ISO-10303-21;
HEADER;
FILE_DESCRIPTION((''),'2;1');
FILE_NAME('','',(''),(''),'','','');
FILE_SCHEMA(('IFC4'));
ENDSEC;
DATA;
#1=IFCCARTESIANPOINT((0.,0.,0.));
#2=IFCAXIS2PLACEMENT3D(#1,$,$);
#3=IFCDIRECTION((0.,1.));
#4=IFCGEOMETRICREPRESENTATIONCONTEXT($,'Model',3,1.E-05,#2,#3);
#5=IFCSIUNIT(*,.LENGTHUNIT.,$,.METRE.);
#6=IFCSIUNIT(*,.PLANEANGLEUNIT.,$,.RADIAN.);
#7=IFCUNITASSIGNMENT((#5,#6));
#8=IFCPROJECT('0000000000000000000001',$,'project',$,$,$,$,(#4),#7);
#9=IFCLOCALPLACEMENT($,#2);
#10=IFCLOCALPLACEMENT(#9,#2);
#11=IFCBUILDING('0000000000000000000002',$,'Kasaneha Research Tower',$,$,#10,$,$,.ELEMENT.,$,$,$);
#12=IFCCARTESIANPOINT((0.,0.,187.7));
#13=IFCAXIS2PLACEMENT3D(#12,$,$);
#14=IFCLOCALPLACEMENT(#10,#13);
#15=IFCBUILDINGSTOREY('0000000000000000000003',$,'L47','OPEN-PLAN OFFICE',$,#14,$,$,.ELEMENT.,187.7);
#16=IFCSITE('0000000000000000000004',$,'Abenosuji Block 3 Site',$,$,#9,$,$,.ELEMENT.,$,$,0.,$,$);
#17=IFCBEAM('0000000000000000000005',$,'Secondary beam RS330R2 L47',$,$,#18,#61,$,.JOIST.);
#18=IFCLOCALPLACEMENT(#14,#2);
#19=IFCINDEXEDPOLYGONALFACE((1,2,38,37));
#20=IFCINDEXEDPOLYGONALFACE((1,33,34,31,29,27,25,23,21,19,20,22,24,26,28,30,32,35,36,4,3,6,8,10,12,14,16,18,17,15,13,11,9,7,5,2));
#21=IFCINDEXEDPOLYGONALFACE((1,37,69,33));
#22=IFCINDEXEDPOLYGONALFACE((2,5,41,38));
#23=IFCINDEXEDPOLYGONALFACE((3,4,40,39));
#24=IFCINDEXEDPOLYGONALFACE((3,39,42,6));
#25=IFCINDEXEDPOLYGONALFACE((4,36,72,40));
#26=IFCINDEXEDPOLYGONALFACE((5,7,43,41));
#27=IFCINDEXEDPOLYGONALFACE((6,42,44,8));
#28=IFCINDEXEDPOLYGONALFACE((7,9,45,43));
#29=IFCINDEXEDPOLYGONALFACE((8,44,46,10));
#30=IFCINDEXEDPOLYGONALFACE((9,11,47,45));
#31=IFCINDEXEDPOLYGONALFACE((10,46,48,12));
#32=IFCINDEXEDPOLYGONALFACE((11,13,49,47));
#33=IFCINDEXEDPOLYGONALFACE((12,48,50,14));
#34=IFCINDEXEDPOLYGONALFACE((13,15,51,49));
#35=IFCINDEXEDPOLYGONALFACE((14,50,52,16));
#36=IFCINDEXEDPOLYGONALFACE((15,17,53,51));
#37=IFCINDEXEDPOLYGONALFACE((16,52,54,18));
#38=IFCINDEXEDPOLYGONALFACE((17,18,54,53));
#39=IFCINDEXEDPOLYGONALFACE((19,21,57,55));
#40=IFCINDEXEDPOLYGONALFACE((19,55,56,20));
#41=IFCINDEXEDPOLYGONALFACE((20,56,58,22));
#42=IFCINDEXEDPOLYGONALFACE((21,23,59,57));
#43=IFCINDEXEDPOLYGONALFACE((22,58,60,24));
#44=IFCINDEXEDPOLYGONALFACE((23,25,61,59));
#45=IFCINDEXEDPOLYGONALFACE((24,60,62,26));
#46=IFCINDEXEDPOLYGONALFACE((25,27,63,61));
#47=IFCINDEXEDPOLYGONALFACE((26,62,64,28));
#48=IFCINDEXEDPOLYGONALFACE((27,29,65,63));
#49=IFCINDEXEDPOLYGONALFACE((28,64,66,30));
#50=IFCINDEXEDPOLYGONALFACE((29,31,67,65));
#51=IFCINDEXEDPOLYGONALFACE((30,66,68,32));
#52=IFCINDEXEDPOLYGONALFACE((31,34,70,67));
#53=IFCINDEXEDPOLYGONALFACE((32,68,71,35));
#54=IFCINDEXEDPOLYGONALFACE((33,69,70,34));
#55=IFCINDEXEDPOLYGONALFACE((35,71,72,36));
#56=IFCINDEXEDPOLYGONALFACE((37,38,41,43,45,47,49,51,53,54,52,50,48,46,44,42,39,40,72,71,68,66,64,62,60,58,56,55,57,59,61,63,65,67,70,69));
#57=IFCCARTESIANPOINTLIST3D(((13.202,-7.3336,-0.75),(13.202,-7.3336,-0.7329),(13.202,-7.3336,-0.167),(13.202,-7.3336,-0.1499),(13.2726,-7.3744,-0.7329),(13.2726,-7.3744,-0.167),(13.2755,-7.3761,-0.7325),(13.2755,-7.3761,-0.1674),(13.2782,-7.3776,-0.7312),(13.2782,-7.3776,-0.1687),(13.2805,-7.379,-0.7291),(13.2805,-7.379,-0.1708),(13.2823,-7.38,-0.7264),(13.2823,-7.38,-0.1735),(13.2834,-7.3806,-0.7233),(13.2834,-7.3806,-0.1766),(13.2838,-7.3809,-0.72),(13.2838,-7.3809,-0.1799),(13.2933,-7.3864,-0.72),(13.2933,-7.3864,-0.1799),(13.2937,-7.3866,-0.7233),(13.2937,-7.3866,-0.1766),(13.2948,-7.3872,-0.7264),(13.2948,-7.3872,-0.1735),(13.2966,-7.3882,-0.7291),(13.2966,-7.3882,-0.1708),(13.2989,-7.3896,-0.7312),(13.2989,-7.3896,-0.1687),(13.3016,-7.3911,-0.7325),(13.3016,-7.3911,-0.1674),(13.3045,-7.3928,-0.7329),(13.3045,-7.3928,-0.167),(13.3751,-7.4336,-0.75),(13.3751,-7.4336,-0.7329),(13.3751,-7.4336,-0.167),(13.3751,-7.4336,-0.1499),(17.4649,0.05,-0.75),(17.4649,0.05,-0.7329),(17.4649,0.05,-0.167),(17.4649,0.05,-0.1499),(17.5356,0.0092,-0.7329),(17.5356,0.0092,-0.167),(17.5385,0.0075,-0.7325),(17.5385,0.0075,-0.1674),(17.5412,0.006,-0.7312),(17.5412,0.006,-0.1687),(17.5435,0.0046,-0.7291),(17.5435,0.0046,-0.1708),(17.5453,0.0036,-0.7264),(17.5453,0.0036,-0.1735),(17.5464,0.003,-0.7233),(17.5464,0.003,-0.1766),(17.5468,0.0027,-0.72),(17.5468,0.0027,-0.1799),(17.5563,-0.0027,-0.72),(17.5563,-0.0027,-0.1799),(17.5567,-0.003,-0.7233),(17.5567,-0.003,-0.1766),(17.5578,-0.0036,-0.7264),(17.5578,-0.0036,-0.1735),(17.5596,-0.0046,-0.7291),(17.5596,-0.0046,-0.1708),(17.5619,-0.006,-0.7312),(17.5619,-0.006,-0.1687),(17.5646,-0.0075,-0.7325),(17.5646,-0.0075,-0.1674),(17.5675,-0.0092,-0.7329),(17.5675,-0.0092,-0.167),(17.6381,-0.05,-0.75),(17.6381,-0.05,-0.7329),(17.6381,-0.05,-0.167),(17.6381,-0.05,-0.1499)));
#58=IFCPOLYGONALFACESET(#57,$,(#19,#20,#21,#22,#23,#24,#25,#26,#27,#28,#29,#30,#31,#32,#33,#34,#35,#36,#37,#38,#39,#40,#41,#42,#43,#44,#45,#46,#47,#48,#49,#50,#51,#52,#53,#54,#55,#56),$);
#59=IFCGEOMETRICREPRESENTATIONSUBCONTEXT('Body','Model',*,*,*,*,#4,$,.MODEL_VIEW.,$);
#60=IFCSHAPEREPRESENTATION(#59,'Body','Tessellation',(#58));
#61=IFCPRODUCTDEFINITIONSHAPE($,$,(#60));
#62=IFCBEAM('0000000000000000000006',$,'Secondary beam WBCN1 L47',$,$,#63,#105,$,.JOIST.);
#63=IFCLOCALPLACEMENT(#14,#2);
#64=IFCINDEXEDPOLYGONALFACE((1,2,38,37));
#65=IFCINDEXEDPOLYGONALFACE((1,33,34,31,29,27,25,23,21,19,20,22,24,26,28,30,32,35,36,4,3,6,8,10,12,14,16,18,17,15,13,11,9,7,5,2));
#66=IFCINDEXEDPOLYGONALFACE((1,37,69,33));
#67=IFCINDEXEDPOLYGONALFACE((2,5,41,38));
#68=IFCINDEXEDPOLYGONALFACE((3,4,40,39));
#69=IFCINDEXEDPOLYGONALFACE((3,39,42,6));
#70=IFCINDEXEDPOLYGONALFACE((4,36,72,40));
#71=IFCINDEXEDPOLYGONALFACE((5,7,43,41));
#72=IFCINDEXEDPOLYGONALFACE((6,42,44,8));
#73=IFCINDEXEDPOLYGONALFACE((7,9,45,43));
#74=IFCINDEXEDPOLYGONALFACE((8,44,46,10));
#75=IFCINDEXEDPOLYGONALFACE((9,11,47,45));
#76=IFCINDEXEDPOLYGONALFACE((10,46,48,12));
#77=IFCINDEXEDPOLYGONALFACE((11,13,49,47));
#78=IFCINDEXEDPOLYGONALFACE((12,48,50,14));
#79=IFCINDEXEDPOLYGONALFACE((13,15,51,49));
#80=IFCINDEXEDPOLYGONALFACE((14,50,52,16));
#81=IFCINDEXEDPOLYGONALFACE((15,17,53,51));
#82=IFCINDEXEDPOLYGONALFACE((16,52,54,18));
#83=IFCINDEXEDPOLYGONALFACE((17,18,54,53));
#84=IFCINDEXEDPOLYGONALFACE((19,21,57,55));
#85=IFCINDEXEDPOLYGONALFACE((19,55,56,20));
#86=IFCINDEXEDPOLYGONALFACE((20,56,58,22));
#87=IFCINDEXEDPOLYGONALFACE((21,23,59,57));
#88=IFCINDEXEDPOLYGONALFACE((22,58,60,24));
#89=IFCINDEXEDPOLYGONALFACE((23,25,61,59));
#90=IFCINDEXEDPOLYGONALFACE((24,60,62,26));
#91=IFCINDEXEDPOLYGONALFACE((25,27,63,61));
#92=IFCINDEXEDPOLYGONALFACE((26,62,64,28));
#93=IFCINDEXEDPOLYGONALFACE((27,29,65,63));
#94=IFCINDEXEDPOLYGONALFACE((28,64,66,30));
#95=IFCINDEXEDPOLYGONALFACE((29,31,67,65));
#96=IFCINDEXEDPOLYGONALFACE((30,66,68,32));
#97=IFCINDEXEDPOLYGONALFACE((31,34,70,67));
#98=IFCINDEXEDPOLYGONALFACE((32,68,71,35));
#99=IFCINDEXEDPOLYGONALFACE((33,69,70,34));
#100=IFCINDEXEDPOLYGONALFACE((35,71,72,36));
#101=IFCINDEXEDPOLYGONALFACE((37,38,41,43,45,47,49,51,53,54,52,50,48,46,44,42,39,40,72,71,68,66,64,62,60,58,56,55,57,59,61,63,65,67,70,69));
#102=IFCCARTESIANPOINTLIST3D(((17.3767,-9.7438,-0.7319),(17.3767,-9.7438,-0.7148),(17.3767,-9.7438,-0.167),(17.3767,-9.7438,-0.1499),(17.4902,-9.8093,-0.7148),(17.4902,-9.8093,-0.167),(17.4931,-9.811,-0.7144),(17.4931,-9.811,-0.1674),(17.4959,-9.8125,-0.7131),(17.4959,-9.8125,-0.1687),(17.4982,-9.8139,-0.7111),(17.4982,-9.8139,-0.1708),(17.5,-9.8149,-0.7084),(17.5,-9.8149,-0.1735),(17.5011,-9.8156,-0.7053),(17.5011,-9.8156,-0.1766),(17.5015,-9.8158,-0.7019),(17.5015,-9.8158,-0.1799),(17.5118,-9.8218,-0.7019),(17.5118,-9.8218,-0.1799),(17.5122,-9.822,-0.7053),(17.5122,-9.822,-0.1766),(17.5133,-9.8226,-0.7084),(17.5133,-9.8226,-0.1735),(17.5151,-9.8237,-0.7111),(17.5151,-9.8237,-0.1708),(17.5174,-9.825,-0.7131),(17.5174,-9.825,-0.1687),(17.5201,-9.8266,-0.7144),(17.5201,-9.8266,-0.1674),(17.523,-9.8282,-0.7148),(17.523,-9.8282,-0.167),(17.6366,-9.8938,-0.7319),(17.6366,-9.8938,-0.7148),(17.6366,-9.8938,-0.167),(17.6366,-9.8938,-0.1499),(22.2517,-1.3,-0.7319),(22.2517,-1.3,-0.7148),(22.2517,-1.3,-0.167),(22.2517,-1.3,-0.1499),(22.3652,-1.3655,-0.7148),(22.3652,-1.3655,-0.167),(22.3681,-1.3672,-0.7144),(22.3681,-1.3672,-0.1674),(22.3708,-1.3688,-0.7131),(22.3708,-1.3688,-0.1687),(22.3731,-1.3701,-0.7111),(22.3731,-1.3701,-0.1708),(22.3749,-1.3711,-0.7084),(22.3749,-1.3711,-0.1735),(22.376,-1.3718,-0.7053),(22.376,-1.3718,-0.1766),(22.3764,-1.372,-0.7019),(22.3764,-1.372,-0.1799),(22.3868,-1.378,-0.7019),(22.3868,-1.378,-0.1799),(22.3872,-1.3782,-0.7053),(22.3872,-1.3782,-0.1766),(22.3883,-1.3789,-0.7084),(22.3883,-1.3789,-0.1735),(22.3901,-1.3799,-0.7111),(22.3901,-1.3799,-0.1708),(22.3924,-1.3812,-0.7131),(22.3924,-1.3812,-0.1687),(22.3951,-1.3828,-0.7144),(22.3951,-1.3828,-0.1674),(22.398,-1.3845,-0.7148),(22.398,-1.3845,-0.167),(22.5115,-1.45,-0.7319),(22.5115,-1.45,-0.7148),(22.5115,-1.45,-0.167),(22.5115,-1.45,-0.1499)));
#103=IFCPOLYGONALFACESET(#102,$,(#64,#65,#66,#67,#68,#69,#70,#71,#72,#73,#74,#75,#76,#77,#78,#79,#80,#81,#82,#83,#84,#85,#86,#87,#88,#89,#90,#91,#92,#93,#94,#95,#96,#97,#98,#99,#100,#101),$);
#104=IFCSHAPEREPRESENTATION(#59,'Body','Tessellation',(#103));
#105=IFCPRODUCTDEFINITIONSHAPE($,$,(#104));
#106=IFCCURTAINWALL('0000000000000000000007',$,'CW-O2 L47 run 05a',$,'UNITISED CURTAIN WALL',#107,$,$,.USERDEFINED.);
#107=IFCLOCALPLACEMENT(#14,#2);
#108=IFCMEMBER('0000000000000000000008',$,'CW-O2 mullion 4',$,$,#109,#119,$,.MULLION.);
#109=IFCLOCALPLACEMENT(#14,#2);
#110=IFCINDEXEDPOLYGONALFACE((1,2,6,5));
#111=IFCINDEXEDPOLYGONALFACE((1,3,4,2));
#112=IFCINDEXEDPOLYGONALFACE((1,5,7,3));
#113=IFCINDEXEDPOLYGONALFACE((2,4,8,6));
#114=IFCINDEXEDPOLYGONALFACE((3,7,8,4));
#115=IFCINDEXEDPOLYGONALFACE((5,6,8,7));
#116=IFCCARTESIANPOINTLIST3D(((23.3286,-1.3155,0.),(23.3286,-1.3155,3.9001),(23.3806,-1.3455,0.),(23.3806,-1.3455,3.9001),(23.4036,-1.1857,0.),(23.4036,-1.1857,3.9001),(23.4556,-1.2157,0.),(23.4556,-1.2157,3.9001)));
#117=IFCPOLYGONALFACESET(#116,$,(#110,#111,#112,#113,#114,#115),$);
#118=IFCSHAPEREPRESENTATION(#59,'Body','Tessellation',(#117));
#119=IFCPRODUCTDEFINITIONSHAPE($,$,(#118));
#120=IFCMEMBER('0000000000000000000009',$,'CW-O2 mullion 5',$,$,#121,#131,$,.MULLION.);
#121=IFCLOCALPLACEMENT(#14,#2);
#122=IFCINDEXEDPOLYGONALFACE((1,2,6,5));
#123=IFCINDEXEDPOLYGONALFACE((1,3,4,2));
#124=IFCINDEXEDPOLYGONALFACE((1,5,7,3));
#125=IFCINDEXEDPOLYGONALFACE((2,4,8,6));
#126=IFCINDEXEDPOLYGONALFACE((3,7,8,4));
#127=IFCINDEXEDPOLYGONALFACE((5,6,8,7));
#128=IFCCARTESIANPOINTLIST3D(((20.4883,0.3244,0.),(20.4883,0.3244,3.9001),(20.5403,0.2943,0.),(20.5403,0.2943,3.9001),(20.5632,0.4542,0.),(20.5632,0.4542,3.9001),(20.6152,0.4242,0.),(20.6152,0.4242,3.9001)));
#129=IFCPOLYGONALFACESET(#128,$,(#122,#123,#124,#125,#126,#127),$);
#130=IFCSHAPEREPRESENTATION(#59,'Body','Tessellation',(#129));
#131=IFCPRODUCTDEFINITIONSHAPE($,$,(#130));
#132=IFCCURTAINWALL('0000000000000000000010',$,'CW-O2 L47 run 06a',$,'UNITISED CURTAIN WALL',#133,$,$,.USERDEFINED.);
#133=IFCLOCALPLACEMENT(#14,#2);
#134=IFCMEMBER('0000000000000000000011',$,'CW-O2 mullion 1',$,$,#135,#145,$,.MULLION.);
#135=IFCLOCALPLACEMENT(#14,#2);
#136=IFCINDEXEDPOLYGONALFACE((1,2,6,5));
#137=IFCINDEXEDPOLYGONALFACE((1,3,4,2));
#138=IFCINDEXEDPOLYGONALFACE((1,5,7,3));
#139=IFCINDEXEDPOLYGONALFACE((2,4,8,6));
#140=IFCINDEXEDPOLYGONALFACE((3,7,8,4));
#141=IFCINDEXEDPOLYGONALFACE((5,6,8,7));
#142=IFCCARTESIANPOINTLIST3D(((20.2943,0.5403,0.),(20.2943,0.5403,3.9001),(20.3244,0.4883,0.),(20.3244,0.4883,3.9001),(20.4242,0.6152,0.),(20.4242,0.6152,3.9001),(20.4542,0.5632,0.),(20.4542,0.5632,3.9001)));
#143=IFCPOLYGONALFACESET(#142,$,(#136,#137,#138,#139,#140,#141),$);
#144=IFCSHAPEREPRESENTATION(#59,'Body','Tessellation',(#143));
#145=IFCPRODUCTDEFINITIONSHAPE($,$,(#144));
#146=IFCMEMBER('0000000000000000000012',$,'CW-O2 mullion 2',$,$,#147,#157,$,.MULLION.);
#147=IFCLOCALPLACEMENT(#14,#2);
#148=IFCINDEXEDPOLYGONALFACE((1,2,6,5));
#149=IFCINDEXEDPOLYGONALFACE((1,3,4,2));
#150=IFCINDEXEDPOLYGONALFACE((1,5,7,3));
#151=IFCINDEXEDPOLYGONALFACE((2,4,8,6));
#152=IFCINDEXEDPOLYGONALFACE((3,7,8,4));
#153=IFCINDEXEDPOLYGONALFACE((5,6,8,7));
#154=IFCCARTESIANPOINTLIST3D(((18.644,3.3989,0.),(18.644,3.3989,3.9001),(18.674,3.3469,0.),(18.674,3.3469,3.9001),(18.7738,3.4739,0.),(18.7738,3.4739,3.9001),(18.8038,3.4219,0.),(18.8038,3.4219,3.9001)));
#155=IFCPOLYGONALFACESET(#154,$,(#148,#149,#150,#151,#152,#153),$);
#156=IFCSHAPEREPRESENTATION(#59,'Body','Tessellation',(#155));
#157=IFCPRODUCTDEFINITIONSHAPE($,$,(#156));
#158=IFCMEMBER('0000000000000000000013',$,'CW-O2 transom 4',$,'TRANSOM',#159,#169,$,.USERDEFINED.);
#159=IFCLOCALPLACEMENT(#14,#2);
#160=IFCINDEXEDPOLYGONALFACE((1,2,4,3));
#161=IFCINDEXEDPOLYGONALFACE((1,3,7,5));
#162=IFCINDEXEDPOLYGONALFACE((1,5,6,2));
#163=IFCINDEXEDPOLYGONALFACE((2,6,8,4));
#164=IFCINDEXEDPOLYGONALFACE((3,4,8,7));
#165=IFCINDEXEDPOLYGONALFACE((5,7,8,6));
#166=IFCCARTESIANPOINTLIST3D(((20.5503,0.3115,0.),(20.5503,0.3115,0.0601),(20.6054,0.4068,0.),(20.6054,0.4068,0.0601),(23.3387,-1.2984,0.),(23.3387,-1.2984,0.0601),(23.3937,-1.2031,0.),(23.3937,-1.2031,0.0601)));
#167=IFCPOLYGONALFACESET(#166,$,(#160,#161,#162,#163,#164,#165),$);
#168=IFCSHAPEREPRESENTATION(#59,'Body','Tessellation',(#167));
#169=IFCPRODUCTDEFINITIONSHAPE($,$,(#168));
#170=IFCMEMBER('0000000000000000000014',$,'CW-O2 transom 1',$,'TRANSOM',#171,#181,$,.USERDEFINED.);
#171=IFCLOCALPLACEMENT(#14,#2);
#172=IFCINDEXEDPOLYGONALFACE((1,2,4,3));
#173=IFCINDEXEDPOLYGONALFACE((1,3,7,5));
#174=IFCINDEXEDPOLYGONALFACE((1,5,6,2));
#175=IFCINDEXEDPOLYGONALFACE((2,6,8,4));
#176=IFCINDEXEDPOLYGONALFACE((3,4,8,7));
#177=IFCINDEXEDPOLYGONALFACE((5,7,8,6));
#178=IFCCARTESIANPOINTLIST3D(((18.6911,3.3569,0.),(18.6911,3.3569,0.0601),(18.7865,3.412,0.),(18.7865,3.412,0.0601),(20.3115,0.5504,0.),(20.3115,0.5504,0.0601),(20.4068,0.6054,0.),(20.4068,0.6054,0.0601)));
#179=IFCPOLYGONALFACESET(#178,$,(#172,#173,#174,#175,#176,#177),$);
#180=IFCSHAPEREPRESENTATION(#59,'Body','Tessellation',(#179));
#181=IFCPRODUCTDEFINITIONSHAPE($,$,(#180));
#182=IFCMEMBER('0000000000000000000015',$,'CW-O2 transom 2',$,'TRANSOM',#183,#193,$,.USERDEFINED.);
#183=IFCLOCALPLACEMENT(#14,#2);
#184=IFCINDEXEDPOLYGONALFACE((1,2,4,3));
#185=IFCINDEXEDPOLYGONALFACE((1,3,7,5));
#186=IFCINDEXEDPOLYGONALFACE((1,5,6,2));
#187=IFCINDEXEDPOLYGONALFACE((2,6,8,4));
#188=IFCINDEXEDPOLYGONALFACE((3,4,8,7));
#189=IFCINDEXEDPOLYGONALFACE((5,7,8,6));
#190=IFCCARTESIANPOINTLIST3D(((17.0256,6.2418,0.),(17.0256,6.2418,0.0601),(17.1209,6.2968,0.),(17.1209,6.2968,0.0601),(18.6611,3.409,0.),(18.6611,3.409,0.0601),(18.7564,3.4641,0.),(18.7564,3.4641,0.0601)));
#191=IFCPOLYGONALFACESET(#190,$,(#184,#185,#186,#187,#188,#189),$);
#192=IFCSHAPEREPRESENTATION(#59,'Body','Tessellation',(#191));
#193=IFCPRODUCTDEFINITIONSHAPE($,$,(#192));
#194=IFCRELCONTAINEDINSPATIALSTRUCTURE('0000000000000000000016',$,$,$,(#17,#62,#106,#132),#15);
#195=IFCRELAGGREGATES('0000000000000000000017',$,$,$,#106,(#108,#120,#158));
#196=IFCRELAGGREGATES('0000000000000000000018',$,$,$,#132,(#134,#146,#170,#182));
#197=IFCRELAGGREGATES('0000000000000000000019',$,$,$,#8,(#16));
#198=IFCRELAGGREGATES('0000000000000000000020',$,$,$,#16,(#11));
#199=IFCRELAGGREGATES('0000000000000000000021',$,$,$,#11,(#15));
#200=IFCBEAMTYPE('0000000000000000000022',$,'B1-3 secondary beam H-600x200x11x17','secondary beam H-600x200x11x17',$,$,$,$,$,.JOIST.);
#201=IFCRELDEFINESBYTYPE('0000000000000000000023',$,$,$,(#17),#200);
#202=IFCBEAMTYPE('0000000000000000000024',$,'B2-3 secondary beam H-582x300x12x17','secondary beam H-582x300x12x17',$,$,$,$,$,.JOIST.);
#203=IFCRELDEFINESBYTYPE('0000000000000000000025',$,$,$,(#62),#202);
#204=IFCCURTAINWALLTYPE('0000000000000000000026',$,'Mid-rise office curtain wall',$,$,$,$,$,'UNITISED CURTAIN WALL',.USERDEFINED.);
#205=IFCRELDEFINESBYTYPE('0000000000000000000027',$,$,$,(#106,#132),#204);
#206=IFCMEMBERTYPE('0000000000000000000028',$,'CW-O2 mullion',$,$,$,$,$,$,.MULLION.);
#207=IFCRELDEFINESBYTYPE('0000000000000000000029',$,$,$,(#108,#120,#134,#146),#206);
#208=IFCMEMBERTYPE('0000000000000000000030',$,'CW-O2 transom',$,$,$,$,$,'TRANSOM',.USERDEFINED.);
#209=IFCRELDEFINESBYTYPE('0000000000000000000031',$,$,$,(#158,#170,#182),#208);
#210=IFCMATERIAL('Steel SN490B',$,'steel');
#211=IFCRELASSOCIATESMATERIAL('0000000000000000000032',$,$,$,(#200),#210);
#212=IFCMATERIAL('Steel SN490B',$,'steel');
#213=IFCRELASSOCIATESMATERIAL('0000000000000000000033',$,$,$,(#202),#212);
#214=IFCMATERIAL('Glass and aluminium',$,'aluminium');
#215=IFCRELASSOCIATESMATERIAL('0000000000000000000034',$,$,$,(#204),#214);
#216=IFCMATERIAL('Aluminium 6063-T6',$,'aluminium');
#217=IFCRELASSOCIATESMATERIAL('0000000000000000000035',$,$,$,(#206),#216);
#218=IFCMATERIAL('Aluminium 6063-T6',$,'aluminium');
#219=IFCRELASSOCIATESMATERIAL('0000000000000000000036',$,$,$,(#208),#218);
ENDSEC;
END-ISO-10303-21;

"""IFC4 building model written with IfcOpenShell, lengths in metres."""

from ifc_helpers import new_model, si_unit, direction, frame, origin, origin_2d, place, context, subcontext, project, spatial, rectangle, i_section, extrude, material, material_profile, profile_set, type_object, element, aggregate, save


model = new_model("IFC4")

# Units and contexts
model_context = context("Model", 3, precision=1e-05, world=origin(), true_north=direction((0.0, 1.0)))
body_context = subcontext(model_context, "Body", "Model", "MODEL_VIEW")
ifc_project = project(units=[si_unit("LENGTHUNIT", "METRE"), si_unit("PLANEANGLEUNIT", "RADIAN")], contexts=[model_context])

# Site, building, storey
site_placement = place(None, origin())
site = spatial("IfcSite", under=ifc_project, at=site_placement, Name="Abenosuji Block 3 Site", CompositionType="ELEMENT", RefElevation=0.0)
building_placement = place(site_placement, origin())
building = spatial("IfcBuilding", under=site, at=building_placement, Name="Kasaneha Research Tower", CompositionType="ELEMENT")
storey_placement = place(building_placement, frame((0.0, 0.0, 187.7)))
storey = spatial("IfcBuildingStorey", under=building, at=storey_placement, Name="L47", Description="OPEN-PLAN OFFICE", CompositionType="ELEMENT", Elevation=187.7)

# Beams
ifc_material_1 = material(Name="Steel SN490B", Category="steel")
ifc_material_profile_1 = material_profile(ifc_material_1, i_section(OverallWidth=0.2, OverallDepth=0.6001, WebThickness=0.011, FlangeThickness=0.0171, FilletRadius=0.0129, at=origin_2d()), Name="H-600x200x11x17")
ifc_profile_set_1 = profile_set([ifc_material_profile_1], Name="Steel SN490B")
beam_type_1 = type_object("IfcBeamType", Name="B1-3 secondary beam H-600x200x11x17", Description="secondary beam H-600x200x11x17", PredefinedType="JOIST", material=ifc_profile_set_1)
beam_1_placement = place(storey_placement, frame((17.5515, 0.0, -0.45), z_axis=(-0.500004, -0.866023, 0.0), x_axis=(0.866023, -0.500004, 0.0)))
element("IfcBeam", 1, at=beam_1_placement, inside=storey, type_object=beam_type_1, Name="Secondary beam RS330R2 L47", PredefinedType="JOIST", context=body_context, shape_type="SweptSolid", body=[
    extrude(i_section(OverallWidth=0.2, OverallDepth=0.6001, WebThickness=0.011, FlangeThickness=0.0171, FilletRadius=0.0129, at=origin_2d()), origin(), (0.0, 0.0, 1.0), 8.5259),
])
ifc_material_2 = material(Name="Steel SN490B", Category="steel")
ifc_material_profile_2 = material_profile(ifc_material_2, i_section(OverallWidth=0.3, OverallDepth=0.582, WebThickness=0.012, FlangeThickness=0.0171, FilletRadius=0.0129, at=origin_2d()), Name="H-582x300x12x17")
ifc_profile_set_2 = profile_set([ifc_material_profile_2], Name="Steel SN490B")
beam_type_2 = type_object("IfcBeamType", Name="B2-3 secondary beam H-582x300x12x17", Description="secondary beam H-582x300x12x17", PredefinedType="JOIST", material=ifc_profile_set_2)
beam_2_placement = place(storey_placement, frame((22.3816, -1.375, -0.4409), z_axis=(-0.499996, -0.866028, 0.0), x_axis=(0.866028, -0.499996, 0.0)))
element("IfcBeam", 2, at=beam_2_placement, inside=storey, type_object=beam_type_2, Name="Secondary beam WBCN1 L47", PredefinedType="JOIST", context=body_context, shape_type="SweptSolid", body=[
    extrude(i_section(OverallWidth=0.3, OverallDepth=0.582, WebThickness=0.012, FlangeThickness=0.0171, FilletRadius=0.0129, at=origin_2d()), origin(), (0.0, 0.0, 1.0), 9.75),
])

# Curtain walls, members
ifc_material_3 = material(Name="Glass and aluminium", Category="aluminium")
curtain_wall_type = type_object("IfcCurtainWallType", Name="Mid-rise office curtain wall", ElementType="UNITISED CURTAIN WALL", PredefinedType="USERDEFINED", material=ifc_material_3)
curtain_wall_1_placement = place(storey_placement, origin())
curtain_wall_1 = element("IfcCurtainWall", 3, at=curtain_wall_1_placement, inside=storey, type_object=curtain_wall_type, Name="CW-O2 L47 run 05a", ObjectType="UNITISED CURTAIN WALL", PredefinedType="USERDEFINED")
ifc_material_4 = material(Name="Aluminium 6063-T6", Category="aluminium")
ifc_material_profile_3 = material_profile(ifc_material_4, rectangle(XDim=0.0601, YDim=0.1499, at=origin_2d()), Name="CW-O2 mullion 60x150")
ifc_profile_set_3 = profile_set([ifc_material_profile_3], Name="Aluminium 6063-T6")
member_type_1 = type_object("IfcMemberType", Name="CW-O2 mullion", PredefinedType="MULLION", material=ifc_profile_set_3)
member_1_placement = place(storey_placement, frame((23.3921, -1.2656, 0.0), z_axis=(0.0, 0.0, 1.0), x_axis=(-0.866025, 0.5, 0.0)))
member_1 = element("IfcMember", 4, at=member_1_placement, type_object=member_type_1, Name="CW-O2 mullion 4", PredefinedType="MULLION", context=body_context, shape_type="SweptSolid", body=[
    extrude(rectangle(XDim=0.0601, YDim=0.1499, at=origin_2d()), origin(), (0.0, 0.0, 1.0), 3.9001),
])
member_2_placement = place(storey_placement, frame((20.5518, 0.3743, 0.0), z_axis=(0.0, 0.0, 1.0), x_axis=(-0.866025, 0.5, 0.0)))
member_2 = element("IfcMember", 5, at=member_2_placement, type_object=member_type_1, Name="CW-O2 mullion 5", PredefinedType="MULLION", context=body_context, shape_type="SweptSolid", body=[
    extrude(rectangle(XDim=0.0601, YDim=0.1499, at=origin_2d()), origin(), (0.0, 0.0, 1.0), 3.9001),
])
curtain_wall_2_placement = place(storey_placement, origin())
curtain_wall_2 = element("IfcCurtainWall", 6, at=curtain_wall_2_placement, inside=storey, type_object=curtain_wall_type, Name="CW-O2 L47 run 06a", ObjectType="UNITISED CURTAIN WALL", PredefinedType="USERDEFINED")
member_3_placement = place(storey_placement, frame((20.3743, 0.5518, 0.0), z_axis=(0.0, 0.0, 1.0), x_axis=(-0.5, 0.866025, 0.0)))
member_3 = element("IfcMember", 7, at=member_3_placement, type_object=member_type_1, Name="CW-O2 mullion 1", PredefinedType="MULLION", context=body_context, shape_type="SweptSolid", body=[
    extrude(rectangle(XDim=0.0601, YDim=0.1499, at=origin_2d()), origin(), (0.0, 0.0, 1.0), 3.9001),
])
member_4_placement = place(storey_placement, frame((18.7239, 3.4104, 0.0), z_axis=(0.0, 0.0, 1.0), x_axis=(-0.5, 0.866025, 0.0)))
member_4 = element("IfcMember", 8, at=member_4_placement, type_object=member_type_1, Name="CW-O2 mullion 2", PredefinedType="MULLION", context=body_context, shape_type="SweptSolid", body=[
    extrude(rectangle(XDim=0.0601, YDim=0.1499, at=origin_2d()), origin(), (0.0, 0.0, 1.0), 3.9001),
])

# Members
ifc_material_5 = material(Name="Aluminium 6063-T6", Category="aluminium")
ifc_material_profile_4 = material_profile(ifc_material_5, rectangle(XDim=0.1101, YDim=0.0601, at=origin_2d()), Name="CW-O2 transom 110x60")
ifc_profile_set_4 = profile_set([ifc_material_profile_4], Name="Aluminium 6063-T6")
member_type_2 = type_object("IfcMemberType", Name="CW-O2 transom", ElementType="TRANSOM", PredefinedType="USERDEFINED", material=ifc_profile_set_4)
member_5_placement = place(storey_placement, frame((23.3662, -1.2507, 0.03), z_axis=(-0.866023, 0.500005, 0.0), x_axis=(-0.500005, -0.866023, 0.0)))
member_5 = element("IfcMember", 9, at=member_5_placement, type_object=member_type_2, Name="CW-O2 transom 4", ObjectType="TRANSOM", PredefinedType="USERDEFINED", context=body_context, shape_type="SweptSolid", body=[
    extrude(rectangle(XDim=0.1101, YDim=0.0601, at=origin_2d()), origin(), (0.0, 0.0, 1.0), 3.2197),
])
member_6_placement = place(storey_placement, frame((20.3591, 0.5779, 0.03), z_axis=(-0.499988, 0.866033, 0.0), x_axis=(-0.866033, -0.499988, 0.0)))
member_6 = element("IfcMember", 10, at=member_6_placement, type_object=member_type_2, Name="CW-O2 transom 1", ObjectType="TRANSOM", PredefinedType="USERDEFINED", context=body_context, shape_type="SweptSolid", body=[
    extrude(rectangle(XDim=0.1101, YDim=0.0601, at=origin_2d()), origin(), (0.0, 0.0, 1.0), 3.2407),
])
member_7_placement = place(storey_placement, frame((18.7087, 3.4365, 0.03), z_axis=(-0.5, 0.866025, 0.0), x_axis=(-0.866025, -0.5, 0.0)))
member_7 = element("IfcMember", 11, at=member_7_placement, type_object=member_type_2, Name="CW-O2 transom 2", ObjectType="TRANSOM", PredefinedType="USERDEFINED", context=body_context, shape_type="SweptSolid", body=[
    extrude(rectangle(XDim=0.1101, YDim=0.0601, at=origin_2d()), origin(), (0.0, 0.0, 1.0), 3.271),
])

aggregate(curtain_wall_1, [member_1, member_2, member_5])
aggregate(curtain_wall_2, [member_3, member_4, member_6, member_7])

save(model, "model.ifc")
